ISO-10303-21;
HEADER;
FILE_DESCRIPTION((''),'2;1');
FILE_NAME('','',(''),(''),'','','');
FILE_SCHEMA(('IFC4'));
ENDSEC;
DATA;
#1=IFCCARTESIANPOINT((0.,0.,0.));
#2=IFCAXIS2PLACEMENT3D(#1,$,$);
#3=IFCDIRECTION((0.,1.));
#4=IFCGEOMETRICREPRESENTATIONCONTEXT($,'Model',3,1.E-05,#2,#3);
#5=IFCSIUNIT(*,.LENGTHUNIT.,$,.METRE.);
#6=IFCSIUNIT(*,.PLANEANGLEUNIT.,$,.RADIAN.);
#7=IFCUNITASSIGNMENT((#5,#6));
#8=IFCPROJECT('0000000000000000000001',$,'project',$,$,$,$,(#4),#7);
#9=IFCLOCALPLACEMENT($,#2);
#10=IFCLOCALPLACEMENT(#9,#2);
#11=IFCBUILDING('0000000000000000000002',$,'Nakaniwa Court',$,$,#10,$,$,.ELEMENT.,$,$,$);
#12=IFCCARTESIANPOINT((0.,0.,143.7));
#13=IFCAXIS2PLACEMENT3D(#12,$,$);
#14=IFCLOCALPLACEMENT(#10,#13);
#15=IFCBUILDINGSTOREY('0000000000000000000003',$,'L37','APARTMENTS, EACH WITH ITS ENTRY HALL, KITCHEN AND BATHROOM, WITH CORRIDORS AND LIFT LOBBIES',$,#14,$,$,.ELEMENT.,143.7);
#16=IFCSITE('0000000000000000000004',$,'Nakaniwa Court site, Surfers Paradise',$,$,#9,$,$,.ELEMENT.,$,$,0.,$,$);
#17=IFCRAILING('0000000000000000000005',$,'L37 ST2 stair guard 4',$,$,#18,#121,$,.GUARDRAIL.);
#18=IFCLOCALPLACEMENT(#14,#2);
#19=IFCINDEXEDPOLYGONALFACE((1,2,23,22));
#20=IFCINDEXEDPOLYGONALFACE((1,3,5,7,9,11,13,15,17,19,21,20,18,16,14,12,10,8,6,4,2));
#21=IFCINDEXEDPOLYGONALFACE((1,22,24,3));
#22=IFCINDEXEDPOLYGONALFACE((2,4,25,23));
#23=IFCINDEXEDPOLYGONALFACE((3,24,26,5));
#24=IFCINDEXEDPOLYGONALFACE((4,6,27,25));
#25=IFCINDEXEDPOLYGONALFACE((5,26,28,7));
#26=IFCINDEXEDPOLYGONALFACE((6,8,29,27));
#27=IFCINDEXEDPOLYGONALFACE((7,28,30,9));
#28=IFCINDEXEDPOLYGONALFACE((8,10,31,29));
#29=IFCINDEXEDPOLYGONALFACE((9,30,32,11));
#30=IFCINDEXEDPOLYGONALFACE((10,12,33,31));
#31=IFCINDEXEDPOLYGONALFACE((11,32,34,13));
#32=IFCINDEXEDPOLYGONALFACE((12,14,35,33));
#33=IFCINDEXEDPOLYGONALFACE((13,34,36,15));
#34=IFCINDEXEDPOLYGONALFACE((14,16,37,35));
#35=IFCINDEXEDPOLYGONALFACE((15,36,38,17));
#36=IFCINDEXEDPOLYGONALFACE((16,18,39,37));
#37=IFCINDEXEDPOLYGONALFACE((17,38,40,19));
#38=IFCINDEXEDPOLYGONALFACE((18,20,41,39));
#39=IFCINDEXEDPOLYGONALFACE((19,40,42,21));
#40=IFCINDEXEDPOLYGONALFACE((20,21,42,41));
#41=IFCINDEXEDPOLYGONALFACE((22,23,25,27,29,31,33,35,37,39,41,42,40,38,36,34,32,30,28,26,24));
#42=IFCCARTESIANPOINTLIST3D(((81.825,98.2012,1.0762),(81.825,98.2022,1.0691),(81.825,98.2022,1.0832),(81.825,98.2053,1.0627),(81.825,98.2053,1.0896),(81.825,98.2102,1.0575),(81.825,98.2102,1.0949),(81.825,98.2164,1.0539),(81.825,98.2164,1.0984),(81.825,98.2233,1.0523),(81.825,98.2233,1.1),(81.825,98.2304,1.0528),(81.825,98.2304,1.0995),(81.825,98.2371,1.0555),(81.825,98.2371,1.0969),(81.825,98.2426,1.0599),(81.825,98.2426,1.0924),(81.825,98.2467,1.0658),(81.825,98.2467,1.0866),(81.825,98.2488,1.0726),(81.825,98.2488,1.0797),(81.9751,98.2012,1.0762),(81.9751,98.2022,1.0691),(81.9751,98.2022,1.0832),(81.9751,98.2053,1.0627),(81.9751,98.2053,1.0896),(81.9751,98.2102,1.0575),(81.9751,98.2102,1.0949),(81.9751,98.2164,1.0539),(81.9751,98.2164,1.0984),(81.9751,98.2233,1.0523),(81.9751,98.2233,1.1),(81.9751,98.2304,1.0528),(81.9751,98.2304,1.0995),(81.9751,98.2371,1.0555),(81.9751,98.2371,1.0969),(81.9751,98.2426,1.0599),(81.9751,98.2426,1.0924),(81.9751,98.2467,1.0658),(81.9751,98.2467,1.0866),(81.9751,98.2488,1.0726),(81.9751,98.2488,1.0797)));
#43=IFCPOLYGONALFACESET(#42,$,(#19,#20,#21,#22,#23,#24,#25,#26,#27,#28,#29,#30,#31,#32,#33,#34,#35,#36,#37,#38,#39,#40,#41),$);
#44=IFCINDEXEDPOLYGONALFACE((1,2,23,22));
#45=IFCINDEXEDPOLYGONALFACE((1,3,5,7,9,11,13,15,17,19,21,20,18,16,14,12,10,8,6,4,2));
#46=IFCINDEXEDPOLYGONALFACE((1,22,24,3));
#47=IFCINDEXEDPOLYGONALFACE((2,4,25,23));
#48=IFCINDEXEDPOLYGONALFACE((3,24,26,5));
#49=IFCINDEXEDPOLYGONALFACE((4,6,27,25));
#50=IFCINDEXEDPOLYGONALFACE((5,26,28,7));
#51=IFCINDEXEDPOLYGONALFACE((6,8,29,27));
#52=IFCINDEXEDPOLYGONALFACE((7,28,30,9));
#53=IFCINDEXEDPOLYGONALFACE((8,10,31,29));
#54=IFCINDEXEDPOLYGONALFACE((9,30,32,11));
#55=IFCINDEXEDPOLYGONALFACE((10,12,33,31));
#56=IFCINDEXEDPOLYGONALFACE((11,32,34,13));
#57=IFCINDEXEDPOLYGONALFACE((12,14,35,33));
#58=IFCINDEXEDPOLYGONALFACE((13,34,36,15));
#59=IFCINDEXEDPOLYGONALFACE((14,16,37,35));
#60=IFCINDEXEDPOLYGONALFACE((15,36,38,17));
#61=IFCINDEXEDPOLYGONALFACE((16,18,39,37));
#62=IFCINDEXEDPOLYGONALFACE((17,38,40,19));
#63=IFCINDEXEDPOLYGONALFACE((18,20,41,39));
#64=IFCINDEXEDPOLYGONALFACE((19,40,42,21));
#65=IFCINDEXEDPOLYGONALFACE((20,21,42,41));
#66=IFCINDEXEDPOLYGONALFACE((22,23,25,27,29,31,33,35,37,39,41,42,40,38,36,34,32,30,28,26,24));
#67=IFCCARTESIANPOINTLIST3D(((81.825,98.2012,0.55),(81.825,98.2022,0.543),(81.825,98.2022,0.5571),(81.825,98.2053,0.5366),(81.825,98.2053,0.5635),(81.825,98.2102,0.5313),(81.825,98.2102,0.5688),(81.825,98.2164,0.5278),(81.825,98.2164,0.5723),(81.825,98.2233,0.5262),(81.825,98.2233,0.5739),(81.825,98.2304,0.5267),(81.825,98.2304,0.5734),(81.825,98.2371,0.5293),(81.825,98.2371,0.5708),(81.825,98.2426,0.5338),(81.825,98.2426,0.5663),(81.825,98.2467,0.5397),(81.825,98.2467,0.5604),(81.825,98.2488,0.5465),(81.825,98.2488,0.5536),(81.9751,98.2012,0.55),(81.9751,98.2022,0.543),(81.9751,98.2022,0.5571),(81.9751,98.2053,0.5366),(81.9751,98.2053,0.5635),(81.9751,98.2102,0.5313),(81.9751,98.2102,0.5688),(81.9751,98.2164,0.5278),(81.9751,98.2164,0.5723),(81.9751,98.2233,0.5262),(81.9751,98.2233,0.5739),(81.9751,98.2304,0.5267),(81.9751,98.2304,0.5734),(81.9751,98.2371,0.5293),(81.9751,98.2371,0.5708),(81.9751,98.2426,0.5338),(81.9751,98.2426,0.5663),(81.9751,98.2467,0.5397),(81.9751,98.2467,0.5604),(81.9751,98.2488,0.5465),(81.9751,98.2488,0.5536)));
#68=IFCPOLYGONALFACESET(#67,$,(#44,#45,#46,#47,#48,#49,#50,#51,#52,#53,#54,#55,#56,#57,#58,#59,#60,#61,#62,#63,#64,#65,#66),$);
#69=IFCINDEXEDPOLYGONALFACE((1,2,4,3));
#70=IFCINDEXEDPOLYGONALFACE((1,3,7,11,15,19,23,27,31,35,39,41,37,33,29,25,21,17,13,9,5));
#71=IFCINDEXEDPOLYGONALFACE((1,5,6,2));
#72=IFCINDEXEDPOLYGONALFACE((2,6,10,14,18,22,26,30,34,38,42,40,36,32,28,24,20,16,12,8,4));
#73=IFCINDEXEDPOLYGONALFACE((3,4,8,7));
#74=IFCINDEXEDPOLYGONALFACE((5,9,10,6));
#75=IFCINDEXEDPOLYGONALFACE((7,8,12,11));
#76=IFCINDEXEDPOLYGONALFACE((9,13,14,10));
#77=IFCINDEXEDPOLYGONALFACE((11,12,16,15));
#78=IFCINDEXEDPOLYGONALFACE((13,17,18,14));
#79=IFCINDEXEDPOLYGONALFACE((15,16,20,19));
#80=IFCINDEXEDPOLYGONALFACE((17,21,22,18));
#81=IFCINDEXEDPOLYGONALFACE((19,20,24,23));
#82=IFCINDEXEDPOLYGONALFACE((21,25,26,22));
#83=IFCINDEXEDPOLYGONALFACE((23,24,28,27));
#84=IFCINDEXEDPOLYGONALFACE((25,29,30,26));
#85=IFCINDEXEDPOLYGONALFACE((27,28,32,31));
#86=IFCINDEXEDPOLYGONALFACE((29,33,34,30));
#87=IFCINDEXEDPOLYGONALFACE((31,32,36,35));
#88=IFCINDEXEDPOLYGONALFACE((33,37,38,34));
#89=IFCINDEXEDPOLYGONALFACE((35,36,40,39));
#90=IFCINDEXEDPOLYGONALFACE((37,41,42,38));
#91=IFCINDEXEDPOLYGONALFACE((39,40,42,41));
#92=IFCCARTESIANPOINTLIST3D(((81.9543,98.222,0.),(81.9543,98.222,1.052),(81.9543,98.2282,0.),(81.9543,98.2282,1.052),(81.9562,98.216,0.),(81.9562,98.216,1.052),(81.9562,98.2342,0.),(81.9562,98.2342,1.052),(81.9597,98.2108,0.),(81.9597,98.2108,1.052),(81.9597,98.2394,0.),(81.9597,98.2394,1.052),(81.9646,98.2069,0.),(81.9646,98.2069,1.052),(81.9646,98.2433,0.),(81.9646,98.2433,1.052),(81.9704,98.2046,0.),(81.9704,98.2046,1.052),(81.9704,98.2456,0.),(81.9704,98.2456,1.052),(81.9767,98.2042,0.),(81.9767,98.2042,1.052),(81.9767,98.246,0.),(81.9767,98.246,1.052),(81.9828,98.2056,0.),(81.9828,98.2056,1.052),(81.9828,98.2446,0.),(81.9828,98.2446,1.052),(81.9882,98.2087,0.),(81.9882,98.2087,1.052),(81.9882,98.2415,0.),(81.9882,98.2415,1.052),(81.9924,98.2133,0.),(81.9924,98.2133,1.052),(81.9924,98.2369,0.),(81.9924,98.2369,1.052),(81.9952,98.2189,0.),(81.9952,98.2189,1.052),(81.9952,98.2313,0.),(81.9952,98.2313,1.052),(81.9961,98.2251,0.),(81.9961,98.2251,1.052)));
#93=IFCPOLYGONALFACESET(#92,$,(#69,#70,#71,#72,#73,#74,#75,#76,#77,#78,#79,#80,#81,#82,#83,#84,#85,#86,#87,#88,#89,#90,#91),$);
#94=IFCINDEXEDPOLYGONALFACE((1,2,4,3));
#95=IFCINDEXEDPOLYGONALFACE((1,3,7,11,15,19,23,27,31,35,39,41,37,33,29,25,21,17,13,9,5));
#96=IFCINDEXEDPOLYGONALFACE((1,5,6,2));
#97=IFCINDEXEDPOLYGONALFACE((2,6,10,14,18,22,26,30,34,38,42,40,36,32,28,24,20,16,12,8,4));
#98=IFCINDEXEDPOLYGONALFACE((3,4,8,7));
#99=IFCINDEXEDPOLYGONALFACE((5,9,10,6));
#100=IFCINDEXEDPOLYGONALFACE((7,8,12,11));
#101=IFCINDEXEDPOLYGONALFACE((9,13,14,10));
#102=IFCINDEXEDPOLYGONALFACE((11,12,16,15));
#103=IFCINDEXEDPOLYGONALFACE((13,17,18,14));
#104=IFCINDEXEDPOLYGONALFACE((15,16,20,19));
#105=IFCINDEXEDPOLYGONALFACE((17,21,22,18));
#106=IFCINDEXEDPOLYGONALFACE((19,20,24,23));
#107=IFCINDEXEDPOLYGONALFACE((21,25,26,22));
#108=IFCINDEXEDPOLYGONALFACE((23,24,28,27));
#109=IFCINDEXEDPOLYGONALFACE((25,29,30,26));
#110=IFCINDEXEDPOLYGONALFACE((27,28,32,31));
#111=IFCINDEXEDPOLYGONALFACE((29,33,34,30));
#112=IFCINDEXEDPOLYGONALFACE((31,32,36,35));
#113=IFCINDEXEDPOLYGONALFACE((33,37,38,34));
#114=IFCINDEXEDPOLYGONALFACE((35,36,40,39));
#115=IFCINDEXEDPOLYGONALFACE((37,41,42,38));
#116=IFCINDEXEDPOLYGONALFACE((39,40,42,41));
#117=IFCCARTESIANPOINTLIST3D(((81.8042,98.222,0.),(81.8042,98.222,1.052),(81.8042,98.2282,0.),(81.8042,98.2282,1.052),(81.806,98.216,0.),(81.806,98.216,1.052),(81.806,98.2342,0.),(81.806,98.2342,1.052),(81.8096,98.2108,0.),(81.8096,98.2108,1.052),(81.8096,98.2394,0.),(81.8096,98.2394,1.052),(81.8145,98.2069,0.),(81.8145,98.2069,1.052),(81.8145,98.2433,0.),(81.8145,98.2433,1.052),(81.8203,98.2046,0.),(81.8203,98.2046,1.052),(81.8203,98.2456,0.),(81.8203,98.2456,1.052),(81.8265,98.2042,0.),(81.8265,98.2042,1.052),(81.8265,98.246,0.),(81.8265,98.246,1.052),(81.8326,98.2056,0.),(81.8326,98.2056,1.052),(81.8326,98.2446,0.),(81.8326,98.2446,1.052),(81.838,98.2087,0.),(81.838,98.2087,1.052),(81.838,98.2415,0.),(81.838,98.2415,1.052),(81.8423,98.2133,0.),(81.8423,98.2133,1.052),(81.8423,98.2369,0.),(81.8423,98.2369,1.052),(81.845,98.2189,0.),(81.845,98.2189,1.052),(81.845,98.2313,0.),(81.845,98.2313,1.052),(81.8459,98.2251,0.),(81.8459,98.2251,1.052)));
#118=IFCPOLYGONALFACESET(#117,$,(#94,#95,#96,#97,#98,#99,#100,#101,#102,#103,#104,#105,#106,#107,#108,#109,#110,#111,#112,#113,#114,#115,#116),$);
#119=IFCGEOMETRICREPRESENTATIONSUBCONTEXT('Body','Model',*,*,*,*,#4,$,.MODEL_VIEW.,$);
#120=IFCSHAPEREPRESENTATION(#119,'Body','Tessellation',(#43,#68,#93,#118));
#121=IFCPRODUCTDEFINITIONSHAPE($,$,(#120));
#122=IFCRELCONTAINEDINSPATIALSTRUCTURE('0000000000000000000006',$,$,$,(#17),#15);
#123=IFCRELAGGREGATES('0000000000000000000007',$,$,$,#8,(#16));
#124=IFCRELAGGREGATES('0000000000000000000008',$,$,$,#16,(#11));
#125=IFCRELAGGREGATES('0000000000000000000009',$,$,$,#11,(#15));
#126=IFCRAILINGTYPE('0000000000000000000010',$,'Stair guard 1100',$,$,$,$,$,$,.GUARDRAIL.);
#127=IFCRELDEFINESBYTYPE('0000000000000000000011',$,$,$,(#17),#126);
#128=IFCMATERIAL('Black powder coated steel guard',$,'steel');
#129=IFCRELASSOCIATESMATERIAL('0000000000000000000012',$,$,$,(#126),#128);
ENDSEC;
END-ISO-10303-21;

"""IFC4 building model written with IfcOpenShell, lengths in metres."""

from ifc_helpers import new_model, si_unit, direction, frame, origin, origin_2d, place, context, subcontext, project, spatial, circle, extrude, material, type_object, element, save


model = new_model("IFC4")

# Units and contexts
model_context = context("Model", 3, precision=1e-05, world=origin(), true_north=direction((0.0, 1.0)))
body_context = subcontext(model_context, "Body", "Model", "MODEL_VIEW")
ifc_project = project(units=[si_unit("LENGTHUNIT", "METRE"), si_unit("PLANEANGLEUNIT", "RADIAN")], contexts=[model_context])

# Site, building, storey
site_placement = place(None, origin())
site = spatial("IfcSite", under=ifc_project, at=site_placement, Name="Nakaniwa Court site, Surfers Paradise", CompositionType="ELEMENT", RefElevation=0.0)
building_placement = place(site_placement, origin())
building = spatial("IfcBuilding", under=site, at=building_placement, Name="Nakaniwa Court", CompositionType="ELEMENT")
storey_placement = place(building_placement, frame((0.0, 0.0, 143.7)))
storey = spatial("IfcBuildingStorey", under=building, at=storey_placement, Name="L37", Description="APARTMENTS, EACH WITH ITS ENTRY HALL, KITCHEN AND BATHROOM, WITH CORRIDORS AND LIFT LOBBIES", CompositionType="ELEMENT", Elevation=143.7)

# Railing
ifc_material_1 = material(Name="Black powder coated steel guard", Category="steel")
railing_type_1 = type_object("IfcRailingType", Name="Stair guard 1100", PredefinedType="GUARDRAIL", material=ifc_material_1)
railing_1_placement = place(storey_placement, frame((81.9751, 98.2251, 0.0)))
element("IfcRailing", 1, at=railing_1_placement, inside=storey, type_object=railing_type_1, Name="L37 ST2 stair guard 4", PredefinedType="GUARDRAIL", context=body_context, shape_type="SweptSolid", body=[
    extrude(circle(Radius=0.0239, at=origin_2d()), frame((0.0, 0.0, 1.0762), z_axis=(-1.0, 0.0, 0.0), x_axis=(0.0, -1.0, 0.0)), (0.0, 0.0, 1.0), 0.1501),
    extrude(circle(Radius=0.0239, at=origin_2d()), frame((0.0, 0.0, 0.55), z_axis=(-1.0, 0.0, 0.0), x_axis=(0.0, -1.0, 0.0)), (0.0, 0.0, 1.0), 0.1501),
    extrude(circle(Radius=0.021, at=origin_2d()), origin(), (0.0, 0.0, 1.0), 1.052),
    extrude(circle(Radius=0.021, at=origin_2d()), frame((-0.1501, 0.0, 0.0)), (0.0, 0.0, 1.0), 1.052),
])

save(model, "model.ifc")
